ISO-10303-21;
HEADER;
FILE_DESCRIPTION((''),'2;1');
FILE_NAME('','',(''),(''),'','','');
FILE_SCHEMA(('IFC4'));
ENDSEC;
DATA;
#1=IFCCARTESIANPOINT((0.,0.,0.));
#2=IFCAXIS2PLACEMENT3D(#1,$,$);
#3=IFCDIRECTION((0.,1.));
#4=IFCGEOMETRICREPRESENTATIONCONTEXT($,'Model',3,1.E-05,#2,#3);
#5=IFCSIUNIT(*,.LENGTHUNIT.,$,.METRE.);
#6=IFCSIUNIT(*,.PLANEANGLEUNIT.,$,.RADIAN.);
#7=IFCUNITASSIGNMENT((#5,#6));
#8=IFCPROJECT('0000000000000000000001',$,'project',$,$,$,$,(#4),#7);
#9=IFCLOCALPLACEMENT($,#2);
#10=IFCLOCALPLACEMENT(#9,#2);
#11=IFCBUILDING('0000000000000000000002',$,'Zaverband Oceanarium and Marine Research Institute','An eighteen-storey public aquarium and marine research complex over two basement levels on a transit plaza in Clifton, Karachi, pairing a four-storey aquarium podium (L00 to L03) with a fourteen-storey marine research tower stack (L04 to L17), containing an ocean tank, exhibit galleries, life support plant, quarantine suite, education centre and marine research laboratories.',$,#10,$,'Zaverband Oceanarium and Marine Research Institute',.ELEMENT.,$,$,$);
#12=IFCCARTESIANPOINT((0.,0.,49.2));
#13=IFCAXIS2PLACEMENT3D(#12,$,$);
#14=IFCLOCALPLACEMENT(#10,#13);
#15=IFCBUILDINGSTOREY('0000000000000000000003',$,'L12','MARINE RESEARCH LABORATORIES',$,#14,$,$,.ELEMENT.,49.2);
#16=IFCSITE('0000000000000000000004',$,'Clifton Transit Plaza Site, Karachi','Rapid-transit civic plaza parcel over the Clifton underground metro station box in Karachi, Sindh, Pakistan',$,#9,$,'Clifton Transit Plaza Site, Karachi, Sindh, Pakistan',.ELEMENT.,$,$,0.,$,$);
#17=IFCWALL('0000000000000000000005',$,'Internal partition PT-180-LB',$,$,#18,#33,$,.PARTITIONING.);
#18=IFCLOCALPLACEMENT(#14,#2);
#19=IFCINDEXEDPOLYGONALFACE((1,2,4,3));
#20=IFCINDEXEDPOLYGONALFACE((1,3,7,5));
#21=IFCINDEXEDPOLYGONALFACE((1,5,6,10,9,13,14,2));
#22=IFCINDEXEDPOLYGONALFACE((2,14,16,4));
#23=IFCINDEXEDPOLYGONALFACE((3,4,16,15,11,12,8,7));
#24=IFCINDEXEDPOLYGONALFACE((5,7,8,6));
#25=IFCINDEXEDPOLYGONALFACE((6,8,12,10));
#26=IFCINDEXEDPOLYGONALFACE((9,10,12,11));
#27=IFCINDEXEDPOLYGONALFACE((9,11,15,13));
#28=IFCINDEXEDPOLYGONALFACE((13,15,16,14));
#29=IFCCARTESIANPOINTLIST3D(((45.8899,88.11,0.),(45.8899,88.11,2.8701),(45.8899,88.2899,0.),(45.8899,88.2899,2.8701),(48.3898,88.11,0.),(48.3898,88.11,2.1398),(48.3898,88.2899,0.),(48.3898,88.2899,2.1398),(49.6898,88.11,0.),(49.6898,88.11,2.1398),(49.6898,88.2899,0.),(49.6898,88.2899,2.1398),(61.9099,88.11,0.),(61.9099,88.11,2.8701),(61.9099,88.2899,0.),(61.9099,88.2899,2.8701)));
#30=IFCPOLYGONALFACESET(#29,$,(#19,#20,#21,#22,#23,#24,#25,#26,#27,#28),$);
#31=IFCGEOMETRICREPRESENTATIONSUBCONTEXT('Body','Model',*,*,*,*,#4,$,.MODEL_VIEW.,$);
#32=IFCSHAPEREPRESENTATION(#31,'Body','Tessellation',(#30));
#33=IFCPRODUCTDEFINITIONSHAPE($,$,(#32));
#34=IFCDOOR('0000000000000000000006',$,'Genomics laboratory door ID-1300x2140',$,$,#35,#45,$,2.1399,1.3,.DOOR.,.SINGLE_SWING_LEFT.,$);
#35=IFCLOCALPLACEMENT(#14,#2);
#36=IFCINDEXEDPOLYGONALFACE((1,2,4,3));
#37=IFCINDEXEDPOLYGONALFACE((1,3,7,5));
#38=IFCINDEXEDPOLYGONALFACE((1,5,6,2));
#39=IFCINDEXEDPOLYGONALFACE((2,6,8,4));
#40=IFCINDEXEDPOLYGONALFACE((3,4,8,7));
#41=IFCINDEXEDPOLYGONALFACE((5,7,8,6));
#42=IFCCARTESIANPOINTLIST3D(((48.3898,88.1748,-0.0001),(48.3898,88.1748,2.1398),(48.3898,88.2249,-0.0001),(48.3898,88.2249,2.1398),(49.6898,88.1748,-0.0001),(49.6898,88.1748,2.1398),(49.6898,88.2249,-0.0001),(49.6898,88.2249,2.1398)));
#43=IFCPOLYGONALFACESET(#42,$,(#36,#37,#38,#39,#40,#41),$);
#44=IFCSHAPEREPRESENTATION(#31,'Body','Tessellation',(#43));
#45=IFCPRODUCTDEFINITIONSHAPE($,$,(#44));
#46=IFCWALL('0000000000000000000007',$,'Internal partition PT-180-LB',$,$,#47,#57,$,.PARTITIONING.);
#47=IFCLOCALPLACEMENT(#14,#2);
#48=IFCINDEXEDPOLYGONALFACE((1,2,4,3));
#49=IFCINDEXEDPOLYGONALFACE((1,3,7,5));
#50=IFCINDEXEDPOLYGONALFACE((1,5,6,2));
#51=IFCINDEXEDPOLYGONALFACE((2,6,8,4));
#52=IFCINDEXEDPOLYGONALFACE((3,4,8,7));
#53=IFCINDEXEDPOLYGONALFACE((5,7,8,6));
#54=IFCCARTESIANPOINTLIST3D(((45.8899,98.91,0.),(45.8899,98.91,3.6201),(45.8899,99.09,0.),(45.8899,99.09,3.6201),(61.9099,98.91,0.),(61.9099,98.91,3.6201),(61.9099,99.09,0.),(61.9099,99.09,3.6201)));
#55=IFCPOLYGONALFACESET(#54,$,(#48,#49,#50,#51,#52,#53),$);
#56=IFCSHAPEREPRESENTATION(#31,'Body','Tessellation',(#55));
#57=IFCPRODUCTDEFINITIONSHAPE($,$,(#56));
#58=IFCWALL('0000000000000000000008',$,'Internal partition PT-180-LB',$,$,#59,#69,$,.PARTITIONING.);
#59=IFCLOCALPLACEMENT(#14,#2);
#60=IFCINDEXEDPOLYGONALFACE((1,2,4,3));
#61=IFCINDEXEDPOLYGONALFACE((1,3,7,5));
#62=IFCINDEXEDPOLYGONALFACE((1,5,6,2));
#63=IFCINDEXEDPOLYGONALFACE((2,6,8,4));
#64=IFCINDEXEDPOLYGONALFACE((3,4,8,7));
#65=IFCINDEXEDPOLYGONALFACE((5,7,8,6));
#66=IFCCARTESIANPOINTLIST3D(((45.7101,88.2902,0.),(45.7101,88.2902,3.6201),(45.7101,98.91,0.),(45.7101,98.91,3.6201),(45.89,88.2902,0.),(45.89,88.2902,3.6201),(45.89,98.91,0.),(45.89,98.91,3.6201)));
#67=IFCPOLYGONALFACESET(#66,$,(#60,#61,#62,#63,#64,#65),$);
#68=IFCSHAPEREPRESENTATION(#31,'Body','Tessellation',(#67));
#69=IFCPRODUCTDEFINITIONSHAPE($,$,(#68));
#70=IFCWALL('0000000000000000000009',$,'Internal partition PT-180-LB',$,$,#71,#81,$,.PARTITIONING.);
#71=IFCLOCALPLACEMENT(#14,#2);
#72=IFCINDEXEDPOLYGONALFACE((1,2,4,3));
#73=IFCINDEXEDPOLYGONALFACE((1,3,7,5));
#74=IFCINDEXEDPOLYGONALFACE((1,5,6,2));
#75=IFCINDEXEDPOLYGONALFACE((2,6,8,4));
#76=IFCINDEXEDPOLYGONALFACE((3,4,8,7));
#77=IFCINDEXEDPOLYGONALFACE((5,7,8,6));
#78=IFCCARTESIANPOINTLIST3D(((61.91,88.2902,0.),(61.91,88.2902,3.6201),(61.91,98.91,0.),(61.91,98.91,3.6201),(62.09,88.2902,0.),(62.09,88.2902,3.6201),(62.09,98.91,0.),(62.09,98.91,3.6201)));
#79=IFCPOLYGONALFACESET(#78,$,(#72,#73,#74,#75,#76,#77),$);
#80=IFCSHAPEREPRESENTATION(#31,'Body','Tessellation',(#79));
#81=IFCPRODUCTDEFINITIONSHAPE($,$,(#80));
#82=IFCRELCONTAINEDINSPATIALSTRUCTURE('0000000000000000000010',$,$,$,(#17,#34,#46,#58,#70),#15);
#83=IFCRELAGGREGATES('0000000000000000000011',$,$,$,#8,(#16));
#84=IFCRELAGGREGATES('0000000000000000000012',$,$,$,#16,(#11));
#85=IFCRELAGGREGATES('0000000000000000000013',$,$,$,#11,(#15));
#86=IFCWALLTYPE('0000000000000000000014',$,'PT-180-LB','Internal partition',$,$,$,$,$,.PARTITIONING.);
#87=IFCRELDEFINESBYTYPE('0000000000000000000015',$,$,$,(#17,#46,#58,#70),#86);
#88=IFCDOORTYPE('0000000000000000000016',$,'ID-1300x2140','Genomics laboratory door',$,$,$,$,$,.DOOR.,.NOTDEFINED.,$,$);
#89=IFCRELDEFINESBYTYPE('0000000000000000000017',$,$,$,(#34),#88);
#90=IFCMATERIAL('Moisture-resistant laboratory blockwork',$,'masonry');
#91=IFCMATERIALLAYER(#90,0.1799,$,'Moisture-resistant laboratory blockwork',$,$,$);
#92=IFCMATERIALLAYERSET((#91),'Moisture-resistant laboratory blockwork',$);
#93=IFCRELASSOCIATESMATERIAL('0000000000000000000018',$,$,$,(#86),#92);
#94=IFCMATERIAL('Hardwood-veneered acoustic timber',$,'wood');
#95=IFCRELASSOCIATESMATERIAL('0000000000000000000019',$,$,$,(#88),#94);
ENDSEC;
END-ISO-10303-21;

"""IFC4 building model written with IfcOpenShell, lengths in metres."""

from ifc_helpers import new_model, si_unit, direction, frame, frame_2d, origin, place, context, subcontext, project, spatial, rectangle, extrude, material, layer, layer_set, type_object, element, fill, save


model = new_model("IFC4")

# Units and contexts
model_context = context("Model", 3, precision=1e-05, world=origin(), true_north=direction((0.0, 1.0)))
body_context = subcontext(model_context, "Body", "Model", "MODEL_VIEW")
ifc_project = project(units=[si_unit("LENGTHUNIT", "METRE"), si_unit("PLANEANGLEUNIT", "RADIAN")], contexts=[model_context])

# Site, building, storey
site_placement = place(None, origin())
site = spatial("IfcSite", under=ifc_project, at=site_placement, Name="Clifton Transit Plaza Site, Karachi", Description="Rapid-transit civic plaza parcel over the Clifton underground metro station box in Karachi, Sindh, Pakistan", LongName="Clifton Transit Plaza Site, Karachi, Sindh, Pakistan", CompositionType="ELEMENT", RefElevation=0.0)
building_placement = place(site_placement, origin())
building = spatial("IfcBuilding", under=site, at=building_placement, Name="Zaverband Oceanarium and Marine Research Institute", Description="An eighteen-storey public aquarium and marine research complex over two basement levels on a transit plaza in Clifton, Karachi, pairing a four-storey aquarium podium (L00 to L03) with a fourteen-storey marine research tower stack (L04 to L17), containing an ocean tank, exhibit galleries, life support plant, quarantine suite, education centre and marine research laboratories.", LongName="Zaverband Oceanarium and Marine Research Institute", CompositionType="ELEMENT")
storey_placement = place(building_placement, frame((0.0, 0.0, 49.2)))
storey = spatial("IfcBuildingStorey", under=building, at=storey_placement, Name="L12", Description="MARINE RESEARCH LABORATORIES", CompositionType="ELEMENT", Elevation=49.2)

# Wall, opening, door
ifc_material_1 = material(Name="Moisture-resistant laboratory blockwork", Category="masonry")
ifc_layer_1 = layer(ifc_material_1, 0.1799, Name="Moisture-resistant laboratory blockwork")
ifc_layer_set_1 = layer_set([ifc_layer_1], Name="Moisture-resistant laboratory blockwork")
wall_type_1 = type_object("IfcWallType", Name="PT-180-LB", Description="Internal partition", PredefinedType="PARTITIONING", material=ifc_layer_set_1)
wall_1_placement = place(storey_placement, frame((45.8899, 88.2, 0.0), z_axis=(0.0, 0.0, 1.0), x_axis=(1.0, 0.0, 0.0)))
wall_1 = element("IfcWall", 1, at=wall_1_placement, inside=storey, type_object=wall_type_1, Name="Internal partition PT-180-LB", PredefinedType="PARTITIONING", context=body_context, shape_type="SweptSolid", body=[
    extrude(rectangle(XDim=16.02, YDim=0.1799, at=frame_2d((8.01, 0.0))), origin(), (0.0, 0.0, 1.0), 2.8701),
])
opening_1_placement = place(wall_1_placement, frame((2.5, 0.0, 0.0)))
opening_1 = element("IfcOpeningElement", 2, at=opening_1_placement, cuts=wall_1, PredefinedType="OPENING", context=body_context, shape_type="SweptSolid", body=[
    extrude(rectangle(XDim=1.3, YDim=2.1399, at=frame_2d((0.6499, 1.0698))), frame((0.0, 0.1021, 0.0), z_axis=(0.0, -1.0, 0.0), x_axis=(1.0, 0.0, 0.0)), (0.0, 0.0, 1.0), 0.2039),
])
ifc_material_2 = material(Name="Hardwood-veneered acoustic timber", Category="wood")
door_type_1 = type_object("IfcDoorType", Name="ID-1300x2140", Description="Genomics laboratory door", OperationType="NOTDEFINED", PredefinedType="DOOR", material=ifc_material_2)
door_1_placement = place(opening_1_placement, origin())
door_1 = element("IfcDoor", 3, at=door_1_placement, inside=storey, type_object=door_type_1, Name="Genomics laboratory door ID-1300x2140", OperationType="SINGLE_SWING_LEFT", OverallHeight=2.1399, OverallWidth=1.3, PredefinedType="DOOR", context=body_context, shape_type="SweptSolid", body=[
    extrude(rectangle(XDim=1.3, YDim=2.1399, at=frame_2d((0.6499, 1.0698))), frame((0.0, 0.0249, 0.0), z_axis=(0.0, -1.0, 0.0), x_axis=(1.0, 0.0, 0.0)), (0.0, 0.0, 1.0), 0.05),
])
fill(opening_1, door_1)

# Walls
wall_2_placement = place(storey_placement, frame((45.8899, 99.0, 0.0), z_axis=(0.0, 0.0, 1.0), x_axis=(1.0, 0.0, 0.0)))
element("IfcWall", 4, at=wall_2_placement, inside=storey, type_object=wall_type_1, Name="Internal partition PT-180-LB", PredefinedType="PARTITIONING", context=body_context, shape_type="SweptSolid", body=[
    extrude(rectangle(XDim=16.02, YDim=0.1799, at=frame_2d((8.01, 0.0))), origin(), (0.0, 0.0, 1.0), 3.6201),
])
for number, where, z_axis, x_axis, name in (
    (5, (45.8, 88.29, 0.0), (0.0, 0.0, 1.0), (0.0, 1.0, 0.0), "Internal partition PT-180-LB"),
    (6, (62.0, 88.29, 0.0), (0.0, 0.0, 1.0), (0.0, 1.0, 0.0), "Internal partition PT-180-LB"),
):
    element("IfcWall", number, at=place(storey_placement, frame(where, z_axis=z_axis, x_axis=x_axis)), inside=storey, type_object=wall_type_1, Name=name, PredefinedType="PARTITIONING", context=body_context, shape_type="SweptSolid", body=[
        extrude(rectangle(XDim=10.6199, YDim=0.1799, at=frame_2d((5.3101, 0.0))), origin(), (0.0, 0.0, 1.0), 3.6201),
    ])

save(model, "model.ifc")
